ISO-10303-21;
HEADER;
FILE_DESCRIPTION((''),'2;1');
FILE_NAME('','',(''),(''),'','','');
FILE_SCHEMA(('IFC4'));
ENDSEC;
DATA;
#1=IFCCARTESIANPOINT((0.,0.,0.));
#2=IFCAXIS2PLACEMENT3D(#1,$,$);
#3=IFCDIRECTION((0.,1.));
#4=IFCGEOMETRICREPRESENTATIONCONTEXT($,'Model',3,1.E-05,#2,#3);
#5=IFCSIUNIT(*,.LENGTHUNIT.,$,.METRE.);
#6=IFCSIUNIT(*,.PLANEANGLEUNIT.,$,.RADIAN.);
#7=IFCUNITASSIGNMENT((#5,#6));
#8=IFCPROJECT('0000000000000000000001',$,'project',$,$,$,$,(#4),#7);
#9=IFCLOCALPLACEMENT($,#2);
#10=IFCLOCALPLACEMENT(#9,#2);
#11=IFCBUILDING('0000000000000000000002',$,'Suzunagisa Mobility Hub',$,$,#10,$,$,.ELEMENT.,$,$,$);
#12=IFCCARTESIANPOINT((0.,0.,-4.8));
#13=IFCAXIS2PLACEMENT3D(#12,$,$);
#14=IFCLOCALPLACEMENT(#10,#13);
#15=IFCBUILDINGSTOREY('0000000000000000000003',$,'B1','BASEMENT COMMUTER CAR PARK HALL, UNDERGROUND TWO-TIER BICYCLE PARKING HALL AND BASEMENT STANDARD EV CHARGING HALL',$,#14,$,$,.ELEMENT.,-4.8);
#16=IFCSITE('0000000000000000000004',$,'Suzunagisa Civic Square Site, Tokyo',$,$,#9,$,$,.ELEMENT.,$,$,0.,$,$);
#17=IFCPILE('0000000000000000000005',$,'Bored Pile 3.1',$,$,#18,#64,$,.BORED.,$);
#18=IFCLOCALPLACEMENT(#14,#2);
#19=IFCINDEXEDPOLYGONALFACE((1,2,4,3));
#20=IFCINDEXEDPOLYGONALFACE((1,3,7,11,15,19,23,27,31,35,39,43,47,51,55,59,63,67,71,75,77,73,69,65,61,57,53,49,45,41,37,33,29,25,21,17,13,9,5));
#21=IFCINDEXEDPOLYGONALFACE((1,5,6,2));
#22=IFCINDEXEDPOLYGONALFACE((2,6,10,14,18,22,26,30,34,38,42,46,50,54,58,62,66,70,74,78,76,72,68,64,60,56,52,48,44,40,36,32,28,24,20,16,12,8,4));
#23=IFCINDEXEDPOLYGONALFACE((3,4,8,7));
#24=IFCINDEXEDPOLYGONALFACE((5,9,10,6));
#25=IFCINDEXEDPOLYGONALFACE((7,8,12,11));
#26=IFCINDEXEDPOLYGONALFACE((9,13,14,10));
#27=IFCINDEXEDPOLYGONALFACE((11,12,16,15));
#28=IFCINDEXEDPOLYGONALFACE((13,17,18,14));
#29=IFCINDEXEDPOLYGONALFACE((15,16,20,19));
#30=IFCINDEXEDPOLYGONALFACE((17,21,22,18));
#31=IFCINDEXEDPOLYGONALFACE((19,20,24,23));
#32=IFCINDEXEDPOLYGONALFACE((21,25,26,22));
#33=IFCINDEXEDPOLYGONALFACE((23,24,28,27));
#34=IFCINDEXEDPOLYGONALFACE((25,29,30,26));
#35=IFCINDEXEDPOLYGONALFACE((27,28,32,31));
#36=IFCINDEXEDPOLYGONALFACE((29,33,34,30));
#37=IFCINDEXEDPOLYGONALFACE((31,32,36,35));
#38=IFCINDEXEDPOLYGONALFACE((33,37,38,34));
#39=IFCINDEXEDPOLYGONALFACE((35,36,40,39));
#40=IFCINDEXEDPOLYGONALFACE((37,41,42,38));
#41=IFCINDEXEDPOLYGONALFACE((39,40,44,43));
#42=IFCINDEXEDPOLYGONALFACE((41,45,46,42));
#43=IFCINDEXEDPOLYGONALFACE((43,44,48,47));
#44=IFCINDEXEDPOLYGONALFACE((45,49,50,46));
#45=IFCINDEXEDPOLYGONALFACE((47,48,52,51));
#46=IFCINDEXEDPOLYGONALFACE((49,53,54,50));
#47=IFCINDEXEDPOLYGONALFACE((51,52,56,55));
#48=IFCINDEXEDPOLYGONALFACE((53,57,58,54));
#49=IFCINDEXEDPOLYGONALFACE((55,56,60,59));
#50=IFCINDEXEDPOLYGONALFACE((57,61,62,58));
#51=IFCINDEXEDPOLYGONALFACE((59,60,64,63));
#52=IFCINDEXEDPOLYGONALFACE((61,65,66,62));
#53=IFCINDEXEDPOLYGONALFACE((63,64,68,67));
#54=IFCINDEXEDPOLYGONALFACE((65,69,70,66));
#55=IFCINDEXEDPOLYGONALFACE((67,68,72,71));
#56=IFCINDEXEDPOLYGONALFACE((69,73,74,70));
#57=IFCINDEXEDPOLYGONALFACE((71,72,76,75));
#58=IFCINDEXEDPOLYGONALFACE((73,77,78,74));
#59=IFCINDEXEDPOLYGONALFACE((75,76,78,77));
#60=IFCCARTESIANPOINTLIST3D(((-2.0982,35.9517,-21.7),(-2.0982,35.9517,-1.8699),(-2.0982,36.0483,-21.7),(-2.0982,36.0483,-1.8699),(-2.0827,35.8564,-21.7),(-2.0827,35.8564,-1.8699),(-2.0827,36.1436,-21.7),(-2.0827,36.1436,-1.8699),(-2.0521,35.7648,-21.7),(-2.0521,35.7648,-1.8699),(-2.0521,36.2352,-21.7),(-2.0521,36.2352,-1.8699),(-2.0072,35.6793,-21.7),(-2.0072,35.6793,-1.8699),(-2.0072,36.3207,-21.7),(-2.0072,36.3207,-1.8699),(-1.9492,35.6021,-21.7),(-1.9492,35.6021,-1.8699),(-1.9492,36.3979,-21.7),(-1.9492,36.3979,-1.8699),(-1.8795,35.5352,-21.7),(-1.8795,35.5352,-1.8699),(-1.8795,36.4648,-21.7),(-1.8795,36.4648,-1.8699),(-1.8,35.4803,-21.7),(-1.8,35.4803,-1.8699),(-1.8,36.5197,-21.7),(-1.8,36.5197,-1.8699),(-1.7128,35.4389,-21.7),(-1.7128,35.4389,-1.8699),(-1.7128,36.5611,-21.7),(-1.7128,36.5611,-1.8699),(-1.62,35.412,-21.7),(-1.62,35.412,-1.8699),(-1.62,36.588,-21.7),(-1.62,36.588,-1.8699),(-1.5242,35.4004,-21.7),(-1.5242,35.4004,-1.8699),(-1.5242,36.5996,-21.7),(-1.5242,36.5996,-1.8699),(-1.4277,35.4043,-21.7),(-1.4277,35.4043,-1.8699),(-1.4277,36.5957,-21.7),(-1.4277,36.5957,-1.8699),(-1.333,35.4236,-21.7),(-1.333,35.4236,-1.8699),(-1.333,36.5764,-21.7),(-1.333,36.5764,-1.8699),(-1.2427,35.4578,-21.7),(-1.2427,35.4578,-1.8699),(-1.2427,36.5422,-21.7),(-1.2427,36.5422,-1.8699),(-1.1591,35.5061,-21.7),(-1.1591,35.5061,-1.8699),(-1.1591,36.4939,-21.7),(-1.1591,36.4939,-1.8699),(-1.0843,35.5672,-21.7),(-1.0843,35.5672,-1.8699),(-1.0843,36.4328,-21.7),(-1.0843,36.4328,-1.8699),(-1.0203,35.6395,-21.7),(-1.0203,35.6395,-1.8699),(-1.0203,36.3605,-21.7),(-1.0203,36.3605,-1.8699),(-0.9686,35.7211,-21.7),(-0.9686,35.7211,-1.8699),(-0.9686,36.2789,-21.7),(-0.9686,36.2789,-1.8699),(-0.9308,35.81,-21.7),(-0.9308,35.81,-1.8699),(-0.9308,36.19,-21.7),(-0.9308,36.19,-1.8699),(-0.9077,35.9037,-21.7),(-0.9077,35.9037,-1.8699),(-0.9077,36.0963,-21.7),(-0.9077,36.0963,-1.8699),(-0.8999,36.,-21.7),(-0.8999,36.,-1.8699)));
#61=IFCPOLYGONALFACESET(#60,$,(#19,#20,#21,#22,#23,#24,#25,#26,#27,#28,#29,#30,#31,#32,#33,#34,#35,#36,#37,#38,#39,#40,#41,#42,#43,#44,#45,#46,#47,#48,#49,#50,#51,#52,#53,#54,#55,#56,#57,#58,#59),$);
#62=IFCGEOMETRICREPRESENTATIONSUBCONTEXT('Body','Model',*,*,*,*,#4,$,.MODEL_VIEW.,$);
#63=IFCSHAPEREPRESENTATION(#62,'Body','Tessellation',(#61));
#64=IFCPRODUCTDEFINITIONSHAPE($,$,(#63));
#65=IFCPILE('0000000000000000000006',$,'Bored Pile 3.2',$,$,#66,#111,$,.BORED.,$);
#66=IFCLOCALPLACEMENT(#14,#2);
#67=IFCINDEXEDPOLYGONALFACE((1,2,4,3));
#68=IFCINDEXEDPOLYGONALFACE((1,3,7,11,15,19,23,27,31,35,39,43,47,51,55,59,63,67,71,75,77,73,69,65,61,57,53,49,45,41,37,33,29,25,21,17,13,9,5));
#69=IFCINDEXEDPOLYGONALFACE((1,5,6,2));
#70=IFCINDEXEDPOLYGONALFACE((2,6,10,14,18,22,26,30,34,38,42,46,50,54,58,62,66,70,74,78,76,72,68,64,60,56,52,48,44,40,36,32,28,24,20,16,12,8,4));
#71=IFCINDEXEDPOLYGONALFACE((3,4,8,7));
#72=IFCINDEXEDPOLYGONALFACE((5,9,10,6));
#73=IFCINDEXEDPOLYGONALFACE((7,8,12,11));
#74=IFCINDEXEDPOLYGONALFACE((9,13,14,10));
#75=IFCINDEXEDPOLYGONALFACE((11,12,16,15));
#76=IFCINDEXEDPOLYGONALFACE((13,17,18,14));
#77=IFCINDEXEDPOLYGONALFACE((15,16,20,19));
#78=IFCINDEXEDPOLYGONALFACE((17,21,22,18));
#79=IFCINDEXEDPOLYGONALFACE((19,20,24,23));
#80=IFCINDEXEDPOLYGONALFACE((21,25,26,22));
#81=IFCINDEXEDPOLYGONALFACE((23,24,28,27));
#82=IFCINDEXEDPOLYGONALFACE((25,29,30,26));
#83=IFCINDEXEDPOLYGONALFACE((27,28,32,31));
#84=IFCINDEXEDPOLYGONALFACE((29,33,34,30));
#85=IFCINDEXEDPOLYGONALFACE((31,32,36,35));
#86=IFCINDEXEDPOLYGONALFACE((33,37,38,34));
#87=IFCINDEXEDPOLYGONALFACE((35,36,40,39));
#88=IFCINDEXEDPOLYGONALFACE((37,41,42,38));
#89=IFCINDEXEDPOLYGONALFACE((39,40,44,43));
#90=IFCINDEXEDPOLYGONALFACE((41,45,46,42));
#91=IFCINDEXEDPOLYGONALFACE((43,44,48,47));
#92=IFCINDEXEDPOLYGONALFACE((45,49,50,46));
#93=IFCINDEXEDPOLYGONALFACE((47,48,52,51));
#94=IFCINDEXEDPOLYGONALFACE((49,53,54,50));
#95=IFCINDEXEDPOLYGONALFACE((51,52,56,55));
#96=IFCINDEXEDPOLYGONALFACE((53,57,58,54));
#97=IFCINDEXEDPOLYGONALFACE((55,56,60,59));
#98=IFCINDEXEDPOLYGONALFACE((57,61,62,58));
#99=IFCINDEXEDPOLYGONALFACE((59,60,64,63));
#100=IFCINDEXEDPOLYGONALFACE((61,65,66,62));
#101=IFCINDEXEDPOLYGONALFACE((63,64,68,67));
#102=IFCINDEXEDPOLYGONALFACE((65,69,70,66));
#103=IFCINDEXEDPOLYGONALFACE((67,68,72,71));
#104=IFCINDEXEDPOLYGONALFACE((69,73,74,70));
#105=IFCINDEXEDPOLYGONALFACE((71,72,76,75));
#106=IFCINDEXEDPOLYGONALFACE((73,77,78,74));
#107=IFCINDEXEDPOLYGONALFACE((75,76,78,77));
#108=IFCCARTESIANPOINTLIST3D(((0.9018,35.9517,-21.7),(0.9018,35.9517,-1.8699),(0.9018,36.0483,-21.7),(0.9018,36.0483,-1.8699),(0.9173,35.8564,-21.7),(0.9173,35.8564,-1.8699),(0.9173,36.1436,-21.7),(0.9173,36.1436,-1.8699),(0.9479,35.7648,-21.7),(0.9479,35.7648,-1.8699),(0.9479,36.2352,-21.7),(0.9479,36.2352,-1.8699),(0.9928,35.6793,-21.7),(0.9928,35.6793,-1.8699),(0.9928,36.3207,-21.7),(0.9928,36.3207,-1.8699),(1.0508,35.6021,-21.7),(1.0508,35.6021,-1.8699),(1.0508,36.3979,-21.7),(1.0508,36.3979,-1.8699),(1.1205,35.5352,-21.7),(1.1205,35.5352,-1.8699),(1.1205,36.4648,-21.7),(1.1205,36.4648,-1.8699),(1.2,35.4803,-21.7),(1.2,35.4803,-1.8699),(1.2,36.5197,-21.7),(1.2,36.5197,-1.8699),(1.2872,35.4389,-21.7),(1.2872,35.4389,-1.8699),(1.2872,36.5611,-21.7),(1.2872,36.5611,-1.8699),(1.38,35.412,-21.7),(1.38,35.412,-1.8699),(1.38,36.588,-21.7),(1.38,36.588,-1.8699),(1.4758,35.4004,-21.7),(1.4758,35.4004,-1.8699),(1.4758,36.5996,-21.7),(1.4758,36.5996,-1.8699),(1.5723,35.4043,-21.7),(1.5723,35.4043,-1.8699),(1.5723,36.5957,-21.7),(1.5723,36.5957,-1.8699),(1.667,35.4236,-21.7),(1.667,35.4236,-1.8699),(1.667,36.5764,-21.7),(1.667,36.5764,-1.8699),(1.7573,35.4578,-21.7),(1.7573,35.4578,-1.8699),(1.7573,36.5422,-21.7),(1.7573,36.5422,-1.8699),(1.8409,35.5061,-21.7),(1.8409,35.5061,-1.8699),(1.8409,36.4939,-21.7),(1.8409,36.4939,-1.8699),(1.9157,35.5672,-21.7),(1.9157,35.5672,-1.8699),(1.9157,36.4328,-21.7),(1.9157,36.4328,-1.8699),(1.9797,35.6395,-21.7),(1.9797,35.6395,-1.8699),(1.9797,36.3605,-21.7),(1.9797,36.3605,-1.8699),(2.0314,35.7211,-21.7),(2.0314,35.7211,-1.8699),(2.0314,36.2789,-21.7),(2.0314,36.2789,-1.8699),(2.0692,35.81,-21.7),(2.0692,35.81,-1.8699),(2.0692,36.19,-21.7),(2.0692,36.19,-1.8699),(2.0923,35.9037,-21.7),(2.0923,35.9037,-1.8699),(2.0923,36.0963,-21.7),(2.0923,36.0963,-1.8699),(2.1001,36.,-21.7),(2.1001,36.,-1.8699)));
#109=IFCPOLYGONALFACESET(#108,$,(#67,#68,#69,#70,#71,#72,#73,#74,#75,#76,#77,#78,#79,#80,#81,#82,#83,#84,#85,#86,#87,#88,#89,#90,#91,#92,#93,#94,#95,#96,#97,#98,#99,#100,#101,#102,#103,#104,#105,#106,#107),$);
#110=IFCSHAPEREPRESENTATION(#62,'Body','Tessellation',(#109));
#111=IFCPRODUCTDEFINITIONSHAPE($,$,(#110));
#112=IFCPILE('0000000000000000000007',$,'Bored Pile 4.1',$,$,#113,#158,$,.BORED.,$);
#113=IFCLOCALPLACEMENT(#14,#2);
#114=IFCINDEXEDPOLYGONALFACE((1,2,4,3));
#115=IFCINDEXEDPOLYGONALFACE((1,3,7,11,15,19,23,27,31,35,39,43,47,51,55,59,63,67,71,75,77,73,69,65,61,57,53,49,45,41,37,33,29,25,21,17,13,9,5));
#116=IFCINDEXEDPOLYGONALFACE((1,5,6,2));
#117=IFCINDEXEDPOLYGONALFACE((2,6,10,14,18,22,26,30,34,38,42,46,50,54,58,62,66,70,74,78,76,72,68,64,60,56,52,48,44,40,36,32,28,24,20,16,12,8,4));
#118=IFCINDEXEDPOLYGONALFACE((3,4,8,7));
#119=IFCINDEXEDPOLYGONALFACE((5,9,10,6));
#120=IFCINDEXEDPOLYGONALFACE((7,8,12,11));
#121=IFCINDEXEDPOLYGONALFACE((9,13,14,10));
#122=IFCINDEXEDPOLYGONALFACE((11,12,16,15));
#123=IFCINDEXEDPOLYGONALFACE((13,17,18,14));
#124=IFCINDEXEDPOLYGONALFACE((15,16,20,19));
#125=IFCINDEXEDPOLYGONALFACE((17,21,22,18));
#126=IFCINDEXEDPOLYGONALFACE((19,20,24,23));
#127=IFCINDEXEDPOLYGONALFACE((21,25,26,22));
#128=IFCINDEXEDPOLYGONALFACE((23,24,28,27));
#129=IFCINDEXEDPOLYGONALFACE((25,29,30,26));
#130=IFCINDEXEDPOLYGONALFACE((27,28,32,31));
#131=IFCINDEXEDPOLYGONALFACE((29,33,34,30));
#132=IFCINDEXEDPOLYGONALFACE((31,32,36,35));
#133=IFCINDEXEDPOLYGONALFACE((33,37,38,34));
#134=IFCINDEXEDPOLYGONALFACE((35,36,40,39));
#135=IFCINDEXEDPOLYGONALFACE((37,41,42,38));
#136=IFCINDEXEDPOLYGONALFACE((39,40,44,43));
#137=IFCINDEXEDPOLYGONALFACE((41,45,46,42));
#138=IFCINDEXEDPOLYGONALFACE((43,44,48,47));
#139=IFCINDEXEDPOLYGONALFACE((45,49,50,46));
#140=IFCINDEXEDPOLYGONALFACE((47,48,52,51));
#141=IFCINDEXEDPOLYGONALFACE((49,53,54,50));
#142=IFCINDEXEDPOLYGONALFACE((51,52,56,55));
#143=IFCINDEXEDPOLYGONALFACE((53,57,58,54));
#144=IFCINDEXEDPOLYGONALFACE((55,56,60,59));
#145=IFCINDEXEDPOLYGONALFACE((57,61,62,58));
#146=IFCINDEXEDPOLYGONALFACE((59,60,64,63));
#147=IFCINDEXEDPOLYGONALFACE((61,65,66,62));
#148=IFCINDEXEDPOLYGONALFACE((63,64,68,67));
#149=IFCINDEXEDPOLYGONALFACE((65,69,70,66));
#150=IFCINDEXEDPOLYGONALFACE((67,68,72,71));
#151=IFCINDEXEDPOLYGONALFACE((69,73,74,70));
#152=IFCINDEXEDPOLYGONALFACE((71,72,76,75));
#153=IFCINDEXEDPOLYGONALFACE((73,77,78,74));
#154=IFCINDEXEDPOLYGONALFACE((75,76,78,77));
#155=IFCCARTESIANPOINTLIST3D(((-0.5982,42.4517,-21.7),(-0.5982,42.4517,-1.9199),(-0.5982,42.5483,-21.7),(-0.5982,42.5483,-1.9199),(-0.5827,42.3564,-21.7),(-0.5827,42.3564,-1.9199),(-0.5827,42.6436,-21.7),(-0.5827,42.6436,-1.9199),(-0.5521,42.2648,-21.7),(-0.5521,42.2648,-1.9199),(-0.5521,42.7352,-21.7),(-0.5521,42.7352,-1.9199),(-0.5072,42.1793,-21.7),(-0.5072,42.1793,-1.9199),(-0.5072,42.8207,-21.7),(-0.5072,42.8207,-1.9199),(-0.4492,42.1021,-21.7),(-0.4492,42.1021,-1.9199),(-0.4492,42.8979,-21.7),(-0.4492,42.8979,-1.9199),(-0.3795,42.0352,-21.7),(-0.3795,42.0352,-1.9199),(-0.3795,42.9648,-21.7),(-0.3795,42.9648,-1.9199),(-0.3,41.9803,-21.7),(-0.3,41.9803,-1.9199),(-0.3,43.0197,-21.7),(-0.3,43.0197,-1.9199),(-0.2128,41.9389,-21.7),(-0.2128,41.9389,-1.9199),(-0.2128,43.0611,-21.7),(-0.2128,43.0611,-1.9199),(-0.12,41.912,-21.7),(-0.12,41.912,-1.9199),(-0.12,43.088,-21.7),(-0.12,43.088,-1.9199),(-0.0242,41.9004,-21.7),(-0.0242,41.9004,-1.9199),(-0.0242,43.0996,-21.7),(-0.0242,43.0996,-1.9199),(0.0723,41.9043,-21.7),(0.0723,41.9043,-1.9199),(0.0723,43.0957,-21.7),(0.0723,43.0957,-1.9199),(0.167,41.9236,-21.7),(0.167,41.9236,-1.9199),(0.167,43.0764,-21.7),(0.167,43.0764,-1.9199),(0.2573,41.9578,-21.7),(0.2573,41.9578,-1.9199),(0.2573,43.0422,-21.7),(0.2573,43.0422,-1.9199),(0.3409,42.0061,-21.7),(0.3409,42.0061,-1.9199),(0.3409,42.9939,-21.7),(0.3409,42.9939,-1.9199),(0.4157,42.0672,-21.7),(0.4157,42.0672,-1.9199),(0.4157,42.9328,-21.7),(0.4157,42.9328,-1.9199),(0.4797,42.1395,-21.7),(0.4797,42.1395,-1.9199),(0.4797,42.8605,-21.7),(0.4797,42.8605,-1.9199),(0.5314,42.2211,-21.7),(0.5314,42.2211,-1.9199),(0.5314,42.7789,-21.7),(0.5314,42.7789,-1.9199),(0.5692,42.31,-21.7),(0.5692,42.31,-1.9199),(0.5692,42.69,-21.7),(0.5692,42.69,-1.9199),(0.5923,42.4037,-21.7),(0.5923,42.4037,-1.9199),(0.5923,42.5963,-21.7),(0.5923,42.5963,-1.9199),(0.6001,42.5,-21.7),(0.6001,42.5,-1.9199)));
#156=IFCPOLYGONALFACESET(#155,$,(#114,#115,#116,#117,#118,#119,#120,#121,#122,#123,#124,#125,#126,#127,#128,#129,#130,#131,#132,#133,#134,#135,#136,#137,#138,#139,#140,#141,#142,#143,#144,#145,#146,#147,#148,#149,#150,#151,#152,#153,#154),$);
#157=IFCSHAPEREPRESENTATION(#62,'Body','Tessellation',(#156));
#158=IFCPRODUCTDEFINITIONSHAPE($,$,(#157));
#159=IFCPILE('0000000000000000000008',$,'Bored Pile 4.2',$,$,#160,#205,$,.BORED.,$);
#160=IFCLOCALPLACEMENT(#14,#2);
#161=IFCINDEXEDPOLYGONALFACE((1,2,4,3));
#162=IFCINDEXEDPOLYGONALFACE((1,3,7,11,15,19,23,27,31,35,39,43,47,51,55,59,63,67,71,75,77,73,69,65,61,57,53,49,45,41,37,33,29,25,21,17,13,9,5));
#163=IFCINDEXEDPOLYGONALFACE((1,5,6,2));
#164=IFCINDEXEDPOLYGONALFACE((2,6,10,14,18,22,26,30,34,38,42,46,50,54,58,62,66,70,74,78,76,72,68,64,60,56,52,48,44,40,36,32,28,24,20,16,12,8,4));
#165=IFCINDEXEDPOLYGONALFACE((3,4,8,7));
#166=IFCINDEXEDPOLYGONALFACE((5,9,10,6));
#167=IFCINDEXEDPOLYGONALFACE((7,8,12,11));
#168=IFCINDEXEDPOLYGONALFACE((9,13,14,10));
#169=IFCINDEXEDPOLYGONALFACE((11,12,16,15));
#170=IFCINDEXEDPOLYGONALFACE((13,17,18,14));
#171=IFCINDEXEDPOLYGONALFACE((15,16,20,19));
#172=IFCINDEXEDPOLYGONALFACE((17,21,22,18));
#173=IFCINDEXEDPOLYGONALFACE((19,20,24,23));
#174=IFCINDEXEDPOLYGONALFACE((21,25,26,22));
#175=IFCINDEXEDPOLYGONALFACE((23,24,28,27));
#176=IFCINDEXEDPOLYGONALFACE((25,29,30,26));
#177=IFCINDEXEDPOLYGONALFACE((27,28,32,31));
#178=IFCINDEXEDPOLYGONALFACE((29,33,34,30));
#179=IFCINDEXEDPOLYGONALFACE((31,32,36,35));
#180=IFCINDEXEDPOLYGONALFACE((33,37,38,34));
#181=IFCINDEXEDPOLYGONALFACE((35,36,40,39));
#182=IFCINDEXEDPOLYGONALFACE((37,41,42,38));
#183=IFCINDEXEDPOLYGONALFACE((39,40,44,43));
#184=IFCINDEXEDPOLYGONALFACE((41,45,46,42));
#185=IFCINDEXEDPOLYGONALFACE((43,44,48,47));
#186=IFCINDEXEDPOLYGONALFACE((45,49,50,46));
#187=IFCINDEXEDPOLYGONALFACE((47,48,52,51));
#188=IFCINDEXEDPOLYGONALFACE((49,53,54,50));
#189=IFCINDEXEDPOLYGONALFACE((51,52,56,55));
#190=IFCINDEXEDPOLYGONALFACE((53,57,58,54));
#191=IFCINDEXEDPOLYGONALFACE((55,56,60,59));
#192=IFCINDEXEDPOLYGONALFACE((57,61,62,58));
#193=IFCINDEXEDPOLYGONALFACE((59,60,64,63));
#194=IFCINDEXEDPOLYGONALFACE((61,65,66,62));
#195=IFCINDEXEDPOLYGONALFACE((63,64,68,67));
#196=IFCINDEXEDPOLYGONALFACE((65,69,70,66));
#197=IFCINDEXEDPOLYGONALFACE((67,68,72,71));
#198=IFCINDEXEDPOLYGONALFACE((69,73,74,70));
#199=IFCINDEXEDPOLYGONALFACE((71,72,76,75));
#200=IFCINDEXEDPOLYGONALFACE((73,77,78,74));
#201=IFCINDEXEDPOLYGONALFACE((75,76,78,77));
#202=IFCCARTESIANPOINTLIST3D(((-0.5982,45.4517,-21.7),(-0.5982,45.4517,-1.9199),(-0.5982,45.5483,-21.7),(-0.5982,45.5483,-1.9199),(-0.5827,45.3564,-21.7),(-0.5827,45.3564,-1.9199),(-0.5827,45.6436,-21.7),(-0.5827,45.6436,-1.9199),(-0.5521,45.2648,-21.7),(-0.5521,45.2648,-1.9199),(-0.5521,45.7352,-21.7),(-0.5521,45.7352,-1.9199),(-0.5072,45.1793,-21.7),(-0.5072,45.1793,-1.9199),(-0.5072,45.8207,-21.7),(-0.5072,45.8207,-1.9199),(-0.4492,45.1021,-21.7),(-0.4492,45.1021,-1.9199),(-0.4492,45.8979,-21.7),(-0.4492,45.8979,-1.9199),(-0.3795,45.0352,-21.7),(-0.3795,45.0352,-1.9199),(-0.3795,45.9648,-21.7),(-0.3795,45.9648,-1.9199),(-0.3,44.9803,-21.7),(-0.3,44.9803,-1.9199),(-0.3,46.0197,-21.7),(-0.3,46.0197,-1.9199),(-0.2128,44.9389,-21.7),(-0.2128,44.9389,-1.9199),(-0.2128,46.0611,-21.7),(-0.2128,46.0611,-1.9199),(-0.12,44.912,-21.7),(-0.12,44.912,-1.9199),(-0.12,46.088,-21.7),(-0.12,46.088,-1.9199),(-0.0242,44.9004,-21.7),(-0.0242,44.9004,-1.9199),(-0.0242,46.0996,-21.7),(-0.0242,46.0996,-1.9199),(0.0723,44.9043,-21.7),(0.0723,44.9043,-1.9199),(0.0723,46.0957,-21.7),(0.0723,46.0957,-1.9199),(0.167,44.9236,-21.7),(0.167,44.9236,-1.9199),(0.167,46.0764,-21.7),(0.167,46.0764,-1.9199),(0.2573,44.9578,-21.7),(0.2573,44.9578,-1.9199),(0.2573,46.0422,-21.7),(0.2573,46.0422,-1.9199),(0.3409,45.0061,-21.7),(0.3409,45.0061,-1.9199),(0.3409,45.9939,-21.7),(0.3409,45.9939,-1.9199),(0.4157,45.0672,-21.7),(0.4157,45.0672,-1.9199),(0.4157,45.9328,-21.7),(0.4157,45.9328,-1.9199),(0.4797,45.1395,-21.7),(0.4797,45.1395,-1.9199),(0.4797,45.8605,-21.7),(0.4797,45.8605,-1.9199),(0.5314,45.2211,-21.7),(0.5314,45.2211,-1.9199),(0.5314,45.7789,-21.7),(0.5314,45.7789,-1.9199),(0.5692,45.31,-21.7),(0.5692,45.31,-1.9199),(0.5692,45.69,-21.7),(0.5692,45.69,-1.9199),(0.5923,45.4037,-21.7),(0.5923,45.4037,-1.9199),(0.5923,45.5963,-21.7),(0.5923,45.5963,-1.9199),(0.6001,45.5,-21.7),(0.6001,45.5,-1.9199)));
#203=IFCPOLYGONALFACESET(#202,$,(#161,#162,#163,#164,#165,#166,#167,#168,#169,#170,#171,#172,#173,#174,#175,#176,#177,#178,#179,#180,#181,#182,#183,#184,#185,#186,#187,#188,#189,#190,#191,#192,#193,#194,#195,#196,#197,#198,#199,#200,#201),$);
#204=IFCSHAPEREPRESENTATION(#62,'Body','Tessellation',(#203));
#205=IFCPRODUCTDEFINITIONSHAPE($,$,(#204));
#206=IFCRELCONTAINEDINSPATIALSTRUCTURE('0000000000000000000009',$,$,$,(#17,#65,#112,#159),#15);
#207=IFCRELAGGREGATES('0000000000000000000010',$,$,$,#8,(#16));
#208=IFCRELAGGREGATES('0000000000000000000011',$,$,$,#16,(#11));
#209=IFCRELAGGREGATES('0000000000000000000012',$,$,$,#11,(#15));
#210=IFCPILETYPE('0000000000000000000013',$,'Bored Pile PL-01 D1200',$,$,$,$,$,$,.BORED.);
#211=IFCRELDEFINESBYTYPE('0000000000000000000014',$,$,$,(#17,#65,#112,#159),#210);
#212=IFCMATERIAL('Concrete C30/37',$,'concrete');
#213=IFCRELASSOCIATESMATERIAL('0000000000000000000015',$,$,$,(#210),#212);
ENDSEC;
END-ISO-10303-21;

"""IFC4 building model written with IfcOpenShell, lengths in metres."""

from ifc_helpers import new_model, si_unit, direction, frame, origin, origin_2d, place, context, subcontext, project, spatial, circle, extrude, material, material_profile, profile_set, type_object, element, save


model = new_model("IFC4")

# Units and contexts
model_context = context("Model", 3, precision=1e-05, world=origin(), true_north=direction((0.0, 1.0)))
body_context = subcontext(model_context, "Body", "Model", "MODEL_VIEW")
ifc_project = project(units=[si_unit("LENGTHUNIT", "METRE"), si_unit("PLANEANGLEUNIT", "RADIAN")], contexts=[model_context])

# Site, building, storey
site_placement = place(None, origin())
site = spatial("IfcSite", under=ifc_project, at=site_placement, Name="Suzunagisa Civic Square Site, Tokyo", CompositionType="ELEMENT", RefElevation=0.0)
building_placement = place(site_placement, origin())
building = spatial("IfcBuilding", under=site, at=building_placement, Name="Suzunagisa Mobility Hub", CompositionType="ELEMENT")
storey_placement = place(building_placement, frame((0.0, 0.0, -4.8)))
storey = spatial("IfcBuildingStorey", under=building, at=storey_placement, Name="B1", Description="BASEMENT COMMUTER CAR PARK HALL, UNDERGROUND TWO-TIER BICYCLE PARKING HALL AND BASEMENT STANDARD EV CHARGING HALL", CompositionType="ELEMENT", Elevation=-4.8)

# Piles
ifc_material_1 = material(Name="Concrete C30/37", Category="concrete")
ifc_material_profile_1 = material_profile(ifc_material_1, circle(Radius=0.6001, at=origin_2d()), Name="BORED PILE D1200")
ifc_profile_set_1 = profile_set([ifc_material_profile_1], Name="Concrete C30/37")
pile_type = type_object("IfcPileType", Name="Bored Pile PL-01 D1200", PredefinedType="BORED", material=ifc_profile_set_1)
for number, where, z_axis, x_axis, name in (
    (1, (-1.5, 36.0, -1.8699), (0.0, 0.0, -1.0), (1.0, 0.0, 0.0), "Bored Pile 3.1"),
    (2, (1.5, 36.0, -1.8699), (0.0, 0.0, -1.0), (1.0, 0.0, 0.0), "Bored Pile 3.2"),
):
    element("IfcPile", number, at=place(storey_placement, frame(where, z_axis=z_axis, x_axis=x_axis)), inside=storey, type_object=pile_type, Name=name, PredefinedType="BORED", context=body_context, shape_type="SweptSolid", body=[
        extrude(circle(Radius=0.6001, at=origin_2d()), origin(), (0.0, 0.0, 1.0), 19.8301),
    ])
for number, where, z_axis, x_axis, name in (
    (3, (0.0, 42.5, -1.9199), (0.0, 0.0, -1.0), (1.0, 0.0, 0.0), "Bored Pile 4.1"),
    (4, (0.0, 45.5, -1.9199), (0.0, 0.0, -1.0), (1.0, 0.0, 0.0), "Bored Pile 4.2"),
):
    element("IfcPile", number, at=place(storey_placement, frame(where, z_axis=z_axis, x_axis=x_axis)), inside=storey, type_object=pile_type, Name=name, PredefinedType="BORED", context=body_context, shape_type="SweptSolid", body=[
        extrude(circle(Radius=0.6001, at=origin_2d()), origin(), (0.0, 0.0, 1.0), 19.78),
    ])

save(model, "model.ifc")
